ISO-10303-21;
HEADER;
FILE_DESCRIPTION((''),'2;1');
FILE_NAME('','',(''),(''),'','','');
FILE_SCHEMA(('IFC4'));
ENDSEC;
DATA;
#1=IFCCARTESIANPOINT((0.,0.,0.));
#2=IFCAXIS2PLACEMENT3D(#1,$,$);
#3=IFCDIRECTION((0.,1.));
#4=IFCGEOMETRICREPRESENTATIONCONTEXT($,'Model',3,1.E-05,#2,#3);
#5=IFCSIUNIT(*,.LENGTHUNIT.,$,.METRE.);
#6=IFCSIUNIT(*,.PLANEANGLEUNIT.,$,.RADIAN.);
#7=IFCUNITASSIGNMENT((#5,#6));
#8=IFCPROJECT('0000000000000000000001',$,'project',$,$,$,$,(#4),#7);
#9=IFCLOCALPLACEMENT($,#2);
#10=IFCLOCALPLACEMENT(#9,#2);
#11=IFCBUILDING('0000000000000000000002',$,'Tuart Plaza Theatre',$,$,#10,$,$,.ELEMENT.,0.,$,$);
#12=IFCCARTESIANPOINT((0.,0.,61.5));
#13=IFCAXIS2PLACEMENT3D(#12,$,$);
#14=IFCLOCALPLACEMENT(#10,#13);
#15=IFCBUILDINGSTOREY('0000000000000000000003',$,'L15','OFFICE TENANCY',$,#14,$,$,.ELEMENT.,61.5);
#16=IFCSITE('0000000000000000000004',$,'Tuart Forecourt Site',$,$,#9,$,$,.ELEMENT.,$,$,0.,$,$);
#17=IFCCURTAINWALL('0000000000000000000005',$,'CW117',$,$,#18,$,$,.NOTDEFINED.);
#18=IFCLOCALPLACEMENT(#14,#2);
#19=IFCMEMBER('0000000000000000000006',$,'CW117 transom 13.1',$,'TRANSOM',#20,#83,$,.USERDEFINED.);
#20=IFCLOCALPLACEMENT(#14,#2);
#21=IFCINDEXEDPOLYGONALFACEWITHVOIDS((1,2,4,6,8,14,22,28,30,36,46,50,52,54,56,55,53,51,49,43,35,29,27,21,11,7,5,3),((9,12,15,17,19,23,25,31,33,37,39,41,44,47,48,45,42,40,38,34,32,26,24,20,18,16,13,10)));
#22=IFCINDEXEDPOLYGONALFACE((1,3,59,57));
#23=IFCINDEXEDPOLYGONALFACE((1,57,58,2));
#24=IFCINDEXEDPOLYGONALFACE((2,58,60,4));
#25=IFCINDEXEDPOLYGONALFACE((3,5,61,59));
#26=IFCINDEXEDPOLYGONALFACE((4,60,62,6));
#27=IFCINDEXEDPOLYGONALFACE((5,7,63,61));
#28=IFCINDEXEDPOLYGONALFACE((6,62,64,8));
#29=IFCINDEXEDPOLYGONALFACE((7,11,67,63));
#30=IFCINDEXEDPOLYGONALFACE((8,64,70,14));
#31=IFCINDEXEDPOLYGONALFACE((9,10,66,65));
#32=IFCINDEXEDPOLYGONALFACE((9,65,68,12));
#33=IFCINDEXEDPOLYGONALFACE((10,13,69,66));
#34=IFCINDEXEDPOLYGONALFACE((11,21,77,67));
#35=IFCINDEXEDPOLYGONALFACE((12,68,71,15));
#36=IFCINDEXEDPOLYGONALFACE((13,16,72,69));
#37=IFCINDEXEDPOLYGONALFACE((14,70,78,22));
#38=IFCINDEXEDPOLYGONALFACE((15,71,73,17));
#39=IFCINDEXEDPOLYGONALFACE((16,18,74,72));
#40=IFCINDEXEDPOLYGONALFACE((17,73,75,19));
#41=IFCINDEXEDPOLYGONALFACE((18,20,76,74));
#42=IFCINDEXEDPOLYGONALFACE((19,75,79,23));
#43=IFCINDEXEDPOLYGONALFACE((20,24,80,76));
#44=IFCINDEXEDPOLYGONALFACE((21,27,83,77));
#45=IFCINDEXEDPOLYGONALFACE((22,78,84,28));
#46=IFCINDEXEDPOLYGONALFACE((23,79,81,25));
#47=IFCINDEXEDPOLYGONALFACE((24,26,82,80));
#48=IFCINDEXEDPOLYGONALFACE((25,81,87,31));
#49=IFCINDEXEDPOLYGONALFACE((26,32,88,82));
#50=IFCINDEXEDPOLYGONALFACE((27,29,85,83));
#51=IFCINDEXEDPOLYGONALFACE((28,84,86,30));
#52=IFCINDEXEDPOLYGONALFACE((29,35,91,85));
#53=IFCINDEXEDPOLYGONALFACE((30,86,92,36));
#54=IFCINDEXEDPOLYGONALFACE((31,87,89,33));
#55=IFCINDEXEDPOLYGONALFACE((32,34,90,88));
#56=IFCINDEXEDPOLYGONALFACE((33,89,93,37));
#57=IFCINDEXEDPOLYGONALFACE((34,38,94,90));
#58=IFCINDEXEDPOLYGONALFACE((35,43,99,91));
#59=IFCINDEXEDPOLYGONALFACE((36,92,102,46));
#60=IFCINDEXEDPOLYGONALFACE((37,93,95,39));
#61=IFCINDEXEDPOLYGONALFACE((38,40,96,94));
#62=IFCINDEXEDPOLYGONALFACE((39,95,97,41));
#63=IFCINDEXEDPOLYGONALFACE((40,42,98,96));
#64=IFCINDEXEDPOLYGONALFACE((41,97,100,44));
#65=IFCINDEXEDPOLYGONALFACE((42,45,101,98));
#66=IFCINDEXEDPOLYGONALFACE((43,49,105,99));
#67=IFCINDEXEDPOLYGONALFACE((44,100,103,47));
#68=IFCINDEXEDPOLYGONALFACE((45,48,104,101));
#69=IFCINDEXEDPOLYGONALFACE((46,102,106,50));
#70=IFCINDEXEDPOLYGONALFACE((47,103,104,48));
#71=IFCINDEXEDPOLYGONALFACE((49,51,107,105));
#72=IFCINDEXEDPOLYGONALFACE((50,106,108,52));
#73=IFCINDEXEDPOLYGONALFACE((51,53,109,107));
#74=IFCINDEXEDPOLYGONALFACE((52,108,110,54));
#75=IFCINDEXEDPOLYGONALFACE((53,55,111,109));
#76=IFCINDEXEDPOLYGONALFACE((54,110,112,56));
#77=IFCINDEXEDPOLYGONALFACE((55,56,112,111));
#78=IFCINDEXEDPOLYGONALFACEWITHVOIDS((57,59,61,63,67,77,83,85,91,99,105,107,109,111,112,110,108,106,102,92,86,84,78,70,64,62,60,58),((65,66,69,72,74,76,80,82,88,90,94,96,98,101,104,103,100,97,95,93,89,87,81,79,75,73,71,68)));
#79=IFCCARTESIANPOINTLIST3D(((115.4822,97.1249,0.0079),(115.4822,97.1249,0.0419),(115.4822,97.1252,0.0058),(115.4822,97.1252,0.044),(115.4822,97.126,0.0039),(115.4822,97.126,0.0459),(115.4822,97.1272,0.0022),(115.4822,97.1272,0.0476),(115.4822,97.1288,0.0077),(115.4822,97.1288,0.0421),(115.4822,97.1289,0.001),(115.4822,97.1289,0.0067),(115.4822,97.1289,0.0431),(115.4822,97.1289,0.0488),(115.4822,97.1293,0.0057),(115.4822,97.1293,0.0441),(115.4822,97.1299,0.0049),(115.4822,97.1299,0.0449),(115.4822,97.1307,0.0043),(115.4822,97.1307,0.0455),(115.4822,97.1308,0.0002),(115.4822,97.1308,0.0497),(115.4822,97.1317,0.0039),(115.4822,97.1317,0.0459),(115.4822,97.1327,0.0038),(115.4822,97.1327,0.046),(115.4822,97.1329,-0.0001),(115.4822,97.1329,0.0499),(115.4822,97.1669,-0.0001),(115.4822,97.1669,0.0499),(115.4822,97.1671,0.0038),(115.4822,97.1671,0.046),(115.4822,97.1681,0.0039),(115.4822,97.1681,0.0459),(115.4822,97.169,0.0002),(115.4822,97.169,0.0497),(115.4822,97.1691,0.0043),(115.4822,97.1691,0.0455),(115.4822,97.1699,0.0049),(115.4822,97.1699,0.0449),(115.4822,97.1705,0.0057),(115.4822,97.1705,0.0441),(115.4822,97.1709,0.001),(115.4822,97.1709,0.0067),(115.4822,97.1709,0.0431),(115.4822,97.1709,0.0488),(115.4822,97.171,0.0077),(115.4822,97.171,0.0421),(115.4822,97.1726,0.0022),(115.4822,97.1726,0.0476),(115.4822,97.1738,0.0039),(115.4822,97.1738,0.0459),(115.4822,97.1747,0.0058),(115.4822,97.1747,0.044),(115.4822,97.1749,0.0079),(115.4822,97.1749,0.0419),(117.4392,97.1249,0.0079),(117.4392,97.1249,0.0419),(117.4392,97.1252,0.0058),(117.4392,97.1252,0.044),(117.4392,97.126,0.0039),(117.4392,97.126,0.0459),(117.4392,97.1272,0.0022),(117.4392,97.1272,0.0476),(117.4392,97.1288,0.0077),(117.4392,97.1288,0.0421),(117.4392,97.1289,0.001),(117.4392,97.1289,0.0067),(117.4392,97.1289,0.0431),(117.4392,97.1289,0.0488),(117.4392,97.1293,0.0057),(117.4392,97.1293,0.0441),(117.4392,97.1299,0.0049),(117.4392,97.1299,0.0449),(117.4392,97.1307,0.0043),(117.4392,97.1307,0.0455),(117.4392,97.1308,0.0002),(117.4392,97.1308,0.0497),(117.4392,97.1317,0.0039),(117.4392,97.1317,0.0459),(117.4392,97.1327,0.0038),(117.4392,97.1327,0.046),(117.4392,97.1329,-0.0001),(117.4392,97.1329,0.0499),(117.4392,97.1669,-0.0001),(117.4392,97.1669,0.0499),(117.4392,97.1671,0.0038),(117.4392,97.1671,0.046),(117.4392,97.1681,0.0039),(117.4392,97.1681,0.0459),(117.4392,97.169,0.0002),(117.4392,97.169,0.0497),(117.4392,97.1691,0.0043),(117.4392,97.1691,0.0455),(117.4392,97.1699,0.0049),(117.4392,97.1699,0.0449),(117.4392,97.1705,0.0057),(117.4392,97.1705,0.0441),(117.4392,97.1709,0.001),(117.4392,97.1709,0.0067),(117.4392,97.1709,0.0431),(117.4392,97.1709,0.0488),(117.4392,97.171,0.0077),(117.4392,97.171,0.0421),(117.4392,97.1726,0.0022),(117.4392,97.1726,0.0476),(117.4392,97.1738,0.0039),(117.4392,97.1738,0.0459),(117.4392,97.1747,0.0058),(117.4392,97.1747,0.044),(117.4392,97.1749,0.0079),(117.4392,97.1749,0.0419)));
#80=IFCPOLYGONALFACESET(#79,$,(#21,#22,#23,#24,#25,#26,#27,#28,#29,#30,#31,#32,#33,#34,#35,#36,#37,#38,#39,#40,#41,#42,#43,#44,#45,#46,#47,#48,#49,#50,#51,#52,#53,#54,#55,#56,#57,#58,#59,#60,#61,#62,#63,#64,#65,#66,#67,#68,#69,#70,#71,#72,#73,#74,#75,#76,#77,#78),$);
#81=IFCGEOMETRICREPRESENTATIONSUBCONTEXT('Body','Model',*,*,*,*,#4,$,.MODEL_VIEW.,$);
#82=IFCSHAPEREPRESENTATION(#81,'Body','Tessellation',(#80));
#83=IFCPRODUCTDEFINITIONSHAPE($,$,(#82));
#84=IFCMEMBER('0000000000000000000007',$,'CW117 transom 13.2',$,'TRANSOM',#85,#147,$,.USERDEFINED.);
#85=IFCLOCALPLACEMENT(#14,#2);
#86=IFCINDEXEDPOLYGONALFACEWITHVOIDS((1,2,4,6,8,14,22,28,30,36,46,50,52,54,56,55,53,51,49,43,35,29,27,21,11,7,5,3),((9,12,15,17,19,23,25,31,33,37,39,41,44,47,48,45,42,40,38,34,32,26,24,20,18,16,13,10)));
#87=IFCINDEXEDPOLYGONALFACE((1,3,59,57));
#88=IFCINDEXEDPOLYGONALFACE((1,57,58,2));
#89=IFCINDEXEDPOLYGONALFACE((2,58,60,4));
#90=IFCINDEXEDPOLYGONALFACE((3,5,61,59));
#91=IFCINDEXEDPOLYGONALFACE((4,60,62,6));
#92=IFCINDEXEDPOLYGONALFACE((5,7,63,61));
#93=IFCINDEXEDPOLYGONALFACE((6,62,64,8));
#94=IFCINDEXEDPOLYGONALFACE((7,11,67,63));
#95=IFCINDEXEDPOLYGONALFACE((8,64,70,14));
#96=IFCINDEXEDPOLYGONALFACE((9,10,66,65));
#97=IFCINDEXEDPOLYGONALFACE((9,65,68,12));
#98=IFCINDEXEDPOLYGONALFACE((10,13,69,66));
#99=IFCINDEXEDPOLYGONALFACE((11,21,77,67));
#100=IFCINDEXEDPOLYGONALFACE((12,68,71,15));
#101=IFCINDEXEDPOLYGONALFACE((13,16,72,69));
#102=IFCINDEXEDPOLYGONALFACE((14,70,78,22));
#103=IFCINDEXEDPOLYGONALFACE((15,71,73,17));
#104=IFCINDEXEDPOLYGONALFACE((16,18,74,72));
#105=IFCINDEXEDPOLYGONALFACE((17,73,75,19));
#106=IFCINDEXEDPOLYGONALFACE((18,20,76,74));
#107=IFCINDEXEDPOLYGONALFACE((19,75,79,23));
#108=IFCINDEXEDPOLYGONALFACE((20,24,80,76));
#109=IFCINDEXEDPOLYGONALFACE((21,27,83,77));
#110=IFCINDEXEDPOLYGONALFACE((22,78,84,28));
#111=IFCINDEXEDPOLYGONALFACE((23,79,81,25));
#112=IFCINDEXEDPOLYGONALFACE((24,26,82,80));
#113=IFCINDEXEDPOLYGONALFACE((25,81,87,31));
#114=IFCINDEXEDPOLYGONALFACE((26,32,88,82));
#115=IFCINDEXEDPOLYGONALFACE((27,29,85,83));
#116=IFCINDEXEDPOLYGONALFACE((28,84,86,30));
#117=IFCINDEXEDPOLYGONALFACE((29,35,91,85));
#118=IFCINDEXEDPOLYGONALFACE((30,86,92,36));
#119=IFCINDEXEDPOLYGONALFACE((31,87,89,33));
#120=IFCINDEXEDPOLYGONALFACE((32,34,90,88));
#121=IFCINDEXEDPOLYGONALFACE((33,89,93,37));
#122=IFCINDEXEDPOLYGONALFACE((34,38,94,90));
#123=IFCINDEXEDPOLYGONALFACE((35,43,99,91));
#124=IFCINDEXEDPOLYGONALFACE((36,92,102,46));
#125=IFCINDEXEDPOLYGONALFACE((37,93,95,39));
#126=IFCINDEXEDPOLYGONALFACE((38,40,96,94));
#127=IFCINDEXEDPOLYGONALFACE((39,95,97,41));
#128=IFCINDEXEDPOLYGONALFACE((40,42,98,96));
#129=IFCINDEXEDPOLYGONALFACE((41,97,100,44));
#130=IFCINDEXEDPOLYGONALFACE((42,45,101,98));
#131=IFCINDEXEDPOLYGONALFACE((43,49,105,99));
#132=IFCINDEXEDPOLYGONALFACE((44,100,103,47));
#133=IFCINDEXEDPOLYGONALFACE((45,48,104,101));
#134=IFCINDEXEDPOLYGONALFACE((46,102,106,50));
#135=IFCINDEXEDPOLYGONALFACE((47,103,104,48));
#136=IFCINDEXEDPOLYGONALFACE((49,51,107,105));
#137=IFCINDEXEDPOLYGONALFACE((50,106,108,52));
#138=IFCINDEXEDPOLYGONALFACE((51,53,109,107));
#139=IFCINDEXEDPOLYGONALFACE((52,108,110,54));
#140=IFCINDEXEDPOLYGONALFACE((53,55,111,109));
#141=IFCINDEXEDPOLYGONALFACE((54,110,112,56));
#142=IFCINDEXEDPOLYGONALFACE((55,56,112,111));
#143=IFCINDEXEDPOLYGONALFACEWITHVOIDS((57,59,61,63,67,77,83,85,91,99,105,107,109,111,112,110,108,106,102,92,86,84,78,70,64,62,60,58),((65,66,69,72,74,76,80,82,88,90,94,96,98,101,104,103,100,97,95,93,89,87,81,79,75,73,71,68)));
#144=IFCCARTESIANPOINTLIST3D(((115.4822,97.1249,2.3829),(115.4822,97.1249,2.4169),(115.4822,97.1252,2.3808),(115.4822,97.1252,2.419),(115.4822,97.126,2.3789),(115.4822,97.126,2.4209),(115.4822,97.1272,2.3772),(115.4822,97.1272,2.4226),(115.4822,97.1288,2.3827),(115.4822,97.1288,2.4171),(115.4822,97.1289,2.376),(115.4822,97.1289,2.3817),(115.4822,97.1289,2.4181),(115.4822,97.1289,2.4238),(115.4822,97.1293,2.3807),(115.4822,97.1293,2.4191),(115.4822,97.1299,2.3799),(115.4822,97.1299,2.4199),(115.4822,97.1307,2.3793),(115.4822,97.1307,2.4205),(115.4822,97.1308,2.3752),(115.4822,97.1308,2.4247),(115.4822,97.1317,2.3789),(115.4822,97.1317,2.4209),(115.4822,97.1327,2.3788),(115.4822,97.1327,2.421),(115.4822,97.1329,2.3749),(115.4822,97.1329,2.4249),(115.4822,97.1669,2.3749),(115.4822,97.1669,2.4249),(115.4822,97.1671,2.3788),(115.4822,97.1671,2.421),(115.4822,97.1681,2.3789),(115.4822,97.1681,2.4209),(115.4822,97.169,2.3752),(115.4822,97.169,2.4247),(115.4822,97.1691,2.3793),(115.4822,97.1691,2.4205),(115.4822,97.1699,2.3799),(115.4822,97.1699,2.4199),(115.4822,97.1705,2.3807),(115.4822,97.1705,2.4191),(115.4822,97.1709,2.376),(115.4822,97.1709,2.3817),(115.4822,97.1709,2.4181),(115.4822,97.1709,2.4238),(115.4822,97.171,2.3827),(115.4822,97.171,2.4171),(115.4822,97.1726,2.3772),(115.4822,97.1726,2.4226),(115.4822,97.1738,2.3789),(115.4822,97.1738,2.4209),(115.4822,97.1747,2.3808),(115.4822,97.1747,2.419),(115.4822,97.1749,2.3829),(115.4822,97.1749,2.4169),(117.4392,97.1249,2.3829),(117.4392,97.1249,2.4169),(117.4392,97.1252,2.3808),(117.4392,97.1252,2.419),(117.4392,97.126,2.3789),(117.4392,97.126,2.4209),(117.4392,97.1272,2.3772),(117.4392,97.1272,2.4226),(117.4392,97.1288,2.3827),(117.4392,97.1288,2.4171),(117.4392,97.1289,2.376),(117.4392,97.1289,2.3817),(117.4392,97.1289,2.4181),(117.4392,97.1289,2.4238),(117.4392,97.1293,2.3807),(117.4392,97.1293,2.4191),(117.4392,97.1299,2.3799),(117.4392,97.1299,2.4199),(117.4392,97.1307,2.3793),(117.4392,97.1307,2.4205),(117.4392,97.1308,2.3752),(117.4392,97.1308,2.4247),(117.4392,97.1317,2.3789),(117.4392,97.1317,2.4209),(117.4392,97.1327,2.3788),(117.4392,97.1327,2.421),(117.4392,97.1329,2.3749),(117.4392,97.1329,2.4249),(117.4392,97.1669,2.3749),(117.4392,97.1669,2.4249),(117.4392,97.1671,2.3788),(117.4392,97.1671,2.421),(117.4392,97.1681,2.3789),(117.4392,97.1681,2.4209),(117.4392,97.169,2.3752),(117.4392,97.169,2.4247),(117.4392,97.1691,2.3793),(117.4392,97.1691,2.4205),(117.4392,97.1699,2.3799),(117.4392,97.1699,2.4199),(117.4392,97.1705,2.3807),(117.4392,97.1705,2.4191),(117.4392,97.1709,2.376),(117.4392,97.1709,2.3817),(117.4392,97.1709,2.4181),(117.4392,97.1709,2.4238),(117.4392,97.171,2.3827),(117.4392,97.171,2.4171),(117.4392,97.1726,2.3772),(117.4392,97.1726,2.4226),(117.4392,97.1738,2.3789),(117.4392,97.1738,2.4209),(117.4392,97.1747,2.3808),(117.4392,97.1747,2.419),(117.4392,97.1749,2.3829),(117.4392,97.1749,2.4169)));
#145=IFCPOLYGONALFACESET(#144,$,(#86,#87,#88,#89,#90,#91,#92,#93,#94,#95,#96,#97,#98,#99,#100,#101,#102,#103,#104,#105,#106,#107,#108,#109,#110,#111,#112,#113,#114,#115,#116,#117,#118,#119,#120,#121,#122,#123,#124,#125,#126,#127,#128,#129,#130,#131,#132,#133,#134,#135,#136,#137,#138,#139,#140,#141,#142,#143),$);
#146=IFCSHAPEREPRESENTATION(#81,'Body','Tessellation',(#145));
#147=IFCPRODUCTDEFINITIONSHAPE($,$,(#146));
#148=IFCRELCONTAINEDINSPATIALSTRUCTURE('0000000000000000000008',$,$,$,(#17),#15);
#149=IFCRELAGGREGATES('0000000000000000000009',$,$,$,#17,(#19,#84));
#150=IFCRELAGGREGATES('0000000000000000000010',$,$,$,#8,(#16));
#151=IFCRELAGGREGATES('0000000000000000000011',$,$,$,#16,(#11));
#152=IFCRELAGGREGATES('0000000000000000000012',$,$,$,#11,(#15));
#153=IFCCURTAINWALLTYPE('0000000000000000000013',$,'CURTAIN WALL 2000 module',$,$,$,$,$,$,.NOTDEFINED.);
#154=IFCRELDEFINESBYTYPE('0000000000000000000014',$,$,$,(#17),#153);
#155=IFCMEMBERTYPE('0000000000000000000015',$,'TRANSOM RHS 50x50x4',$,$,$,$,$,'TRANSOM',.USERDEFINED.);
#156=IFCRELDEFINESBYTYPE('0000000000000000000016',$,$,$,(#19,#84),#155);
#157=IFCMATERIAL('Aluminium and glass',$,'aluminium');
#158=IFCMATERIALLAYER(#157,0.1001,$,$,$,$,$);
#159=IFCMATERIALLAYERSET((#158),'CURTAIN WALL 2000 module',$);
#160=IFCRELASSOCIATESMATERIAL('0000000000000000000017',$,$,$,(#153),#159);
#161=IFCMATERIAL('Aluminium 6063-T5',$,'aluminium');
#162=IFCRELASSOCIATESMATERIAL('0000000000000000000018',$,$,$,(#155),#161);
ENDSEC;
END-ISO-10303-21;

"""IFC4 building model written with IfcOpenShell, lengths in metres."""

from ifc_helpers import new_model, si_unit, direction, frame, origin, origin_2d, place, context, subcontext, project, spatial, hollow_rectangle, extrude, material, layer, layer_set, material_profile, profile_set, type_object, element, aggregate, save


model = new_model("IFC4")

# Units and contexts
model_context = context("Model", 3, precision=1e-05, world=origin(), true_north=direction((0.0, 1.0)))
body_context = subcontext(model_context, "Body", "Model", "MODEL_VIEW")
ifc_project = project(units=[si_unit("LENGTHUNIT", "METRE"), si_unit("PLANEANGLEUNIT", "RADIAN")], contexts=[model_context])

# Site, building, storey
site_placement = place(None, origin())
site = spatial("IfcSite", under=ifc_project, at=site_placement, Name="Tuart Forecourt Site", CompositionType="ELEMENT", RefElevation=0.0)
building_placement = place(site_placement, origin())
building = spatial("IfcBuilding", under=site, at=building_placement, Name="Tuart Plaza Theatre", CompositionType="ELEMENT", ElevationOfRefHeight=0.0)
storey_placement = place(building_placement, frame((0.0, 0.0, 61.5)))
storey = spatial("IfcBuildingStorey", under=building, at=storey_placement, Name="L15", Description="OFFICE TENANCY", CompositionType="ELEMENT", Elevation=61.5)

# Curtain wall, members
ifc_material_1 = material(Name="Aluminium and glass", Category="aluminium")
ifc_layer_1 = layer(ifc_material_1, 0.1001)
ifc_layer_set_1 = layer_set([ifc_layer_1], Name="CURTAIN WALL 2000 module")
curtain_wall_type = type_object("IfcCurtainWallType", Name="CURTAIN WALL 2000 module", PredefinedType="NOTDEFINED", material=ifc_layer_set_1)
curtain_wall_placement = place(storey_placement, origin())
curtain_wall = element("IfcCurtainWall", 1, at=curtain_wall_placement, inside=storey, type_object=curtain_wall_type, Name="CW117", PredefinedType="NOTDEFINED")
ifc_material_2 = material(Name="Aluminium 6063-T5", Category="aluminium")
ifc_material_profile_1 = material_profile(ifc_material_2, hollow_rectangle(XDim=0.05, YDim=0.05, WallThickness=0.0039, InnerFilletRadius=0.0039, OuterFilletRadius=0.0081, at=origin_2d()), Name="RHS 50x50x4")
ifc_profile_set_1 = profile_set([ifc_material_profile_1], Name="Aluminium 6063-T5")
member_type_1 = type_object("IfcMemberType", Name="TRANSOM RHS 50x50x4", ElementType="TRANSOM", PredefinedType="USERDEFINED", material=ifc_profile_set_1)
member_1_placement = place(storey_placement, frame((117.4392, 97.1499, 0.0249), z_axis=(-1.0, 0.0, 0.0), x_axis=(0.0, -1.0, 0.0)))
member_1 = element("IfcMember", 2, at=member_1_placement, type_object=member_type_1, Name="CW117 transom 13.1", ObjectType="TRANSOM", PredefinedType="USERDEFINED", context=body_context, shape_type="SweptSolid", body=[
    extrude(hollow_rectangle(XDim=0.05, YDim=0.05, WallThickness=0.0039, InnerFilletRadius=0.0039, OuterFilletRadius=0.0081, at=origin_2d()), origin(), (0.0, 0.0, 1.0), 1.957),
])
member_2_placement = place(storey_placement, frame((117.4392, 97.1499, 2.3999), z_axis=(-1.0, 0.0, 0.0), x_axis=(0.0, -1.0, 0.0)))
member_2 = element("IfcMember", 3, at=member_2_placement, type_object=member_type_1, Name="CW117 transom 13.2", ObjectType="TRANSOM", PredefinedType="USERDEFINED", context=body_context, shape_type="SweptSolid", body=[
    extrude(hollow_rectangle(XDim=0.05, YDim=0.05, WallThickness=0.0039, InnerFilletRadius=0.0039, OuterFilletRadius=0.0081, at=origin_2d()), origin(), (0.0, 0.0, 1.0), 1.957),
])
aggregate(curtain_wall, [member_1, member_2])

save(model, "model.ifc")
